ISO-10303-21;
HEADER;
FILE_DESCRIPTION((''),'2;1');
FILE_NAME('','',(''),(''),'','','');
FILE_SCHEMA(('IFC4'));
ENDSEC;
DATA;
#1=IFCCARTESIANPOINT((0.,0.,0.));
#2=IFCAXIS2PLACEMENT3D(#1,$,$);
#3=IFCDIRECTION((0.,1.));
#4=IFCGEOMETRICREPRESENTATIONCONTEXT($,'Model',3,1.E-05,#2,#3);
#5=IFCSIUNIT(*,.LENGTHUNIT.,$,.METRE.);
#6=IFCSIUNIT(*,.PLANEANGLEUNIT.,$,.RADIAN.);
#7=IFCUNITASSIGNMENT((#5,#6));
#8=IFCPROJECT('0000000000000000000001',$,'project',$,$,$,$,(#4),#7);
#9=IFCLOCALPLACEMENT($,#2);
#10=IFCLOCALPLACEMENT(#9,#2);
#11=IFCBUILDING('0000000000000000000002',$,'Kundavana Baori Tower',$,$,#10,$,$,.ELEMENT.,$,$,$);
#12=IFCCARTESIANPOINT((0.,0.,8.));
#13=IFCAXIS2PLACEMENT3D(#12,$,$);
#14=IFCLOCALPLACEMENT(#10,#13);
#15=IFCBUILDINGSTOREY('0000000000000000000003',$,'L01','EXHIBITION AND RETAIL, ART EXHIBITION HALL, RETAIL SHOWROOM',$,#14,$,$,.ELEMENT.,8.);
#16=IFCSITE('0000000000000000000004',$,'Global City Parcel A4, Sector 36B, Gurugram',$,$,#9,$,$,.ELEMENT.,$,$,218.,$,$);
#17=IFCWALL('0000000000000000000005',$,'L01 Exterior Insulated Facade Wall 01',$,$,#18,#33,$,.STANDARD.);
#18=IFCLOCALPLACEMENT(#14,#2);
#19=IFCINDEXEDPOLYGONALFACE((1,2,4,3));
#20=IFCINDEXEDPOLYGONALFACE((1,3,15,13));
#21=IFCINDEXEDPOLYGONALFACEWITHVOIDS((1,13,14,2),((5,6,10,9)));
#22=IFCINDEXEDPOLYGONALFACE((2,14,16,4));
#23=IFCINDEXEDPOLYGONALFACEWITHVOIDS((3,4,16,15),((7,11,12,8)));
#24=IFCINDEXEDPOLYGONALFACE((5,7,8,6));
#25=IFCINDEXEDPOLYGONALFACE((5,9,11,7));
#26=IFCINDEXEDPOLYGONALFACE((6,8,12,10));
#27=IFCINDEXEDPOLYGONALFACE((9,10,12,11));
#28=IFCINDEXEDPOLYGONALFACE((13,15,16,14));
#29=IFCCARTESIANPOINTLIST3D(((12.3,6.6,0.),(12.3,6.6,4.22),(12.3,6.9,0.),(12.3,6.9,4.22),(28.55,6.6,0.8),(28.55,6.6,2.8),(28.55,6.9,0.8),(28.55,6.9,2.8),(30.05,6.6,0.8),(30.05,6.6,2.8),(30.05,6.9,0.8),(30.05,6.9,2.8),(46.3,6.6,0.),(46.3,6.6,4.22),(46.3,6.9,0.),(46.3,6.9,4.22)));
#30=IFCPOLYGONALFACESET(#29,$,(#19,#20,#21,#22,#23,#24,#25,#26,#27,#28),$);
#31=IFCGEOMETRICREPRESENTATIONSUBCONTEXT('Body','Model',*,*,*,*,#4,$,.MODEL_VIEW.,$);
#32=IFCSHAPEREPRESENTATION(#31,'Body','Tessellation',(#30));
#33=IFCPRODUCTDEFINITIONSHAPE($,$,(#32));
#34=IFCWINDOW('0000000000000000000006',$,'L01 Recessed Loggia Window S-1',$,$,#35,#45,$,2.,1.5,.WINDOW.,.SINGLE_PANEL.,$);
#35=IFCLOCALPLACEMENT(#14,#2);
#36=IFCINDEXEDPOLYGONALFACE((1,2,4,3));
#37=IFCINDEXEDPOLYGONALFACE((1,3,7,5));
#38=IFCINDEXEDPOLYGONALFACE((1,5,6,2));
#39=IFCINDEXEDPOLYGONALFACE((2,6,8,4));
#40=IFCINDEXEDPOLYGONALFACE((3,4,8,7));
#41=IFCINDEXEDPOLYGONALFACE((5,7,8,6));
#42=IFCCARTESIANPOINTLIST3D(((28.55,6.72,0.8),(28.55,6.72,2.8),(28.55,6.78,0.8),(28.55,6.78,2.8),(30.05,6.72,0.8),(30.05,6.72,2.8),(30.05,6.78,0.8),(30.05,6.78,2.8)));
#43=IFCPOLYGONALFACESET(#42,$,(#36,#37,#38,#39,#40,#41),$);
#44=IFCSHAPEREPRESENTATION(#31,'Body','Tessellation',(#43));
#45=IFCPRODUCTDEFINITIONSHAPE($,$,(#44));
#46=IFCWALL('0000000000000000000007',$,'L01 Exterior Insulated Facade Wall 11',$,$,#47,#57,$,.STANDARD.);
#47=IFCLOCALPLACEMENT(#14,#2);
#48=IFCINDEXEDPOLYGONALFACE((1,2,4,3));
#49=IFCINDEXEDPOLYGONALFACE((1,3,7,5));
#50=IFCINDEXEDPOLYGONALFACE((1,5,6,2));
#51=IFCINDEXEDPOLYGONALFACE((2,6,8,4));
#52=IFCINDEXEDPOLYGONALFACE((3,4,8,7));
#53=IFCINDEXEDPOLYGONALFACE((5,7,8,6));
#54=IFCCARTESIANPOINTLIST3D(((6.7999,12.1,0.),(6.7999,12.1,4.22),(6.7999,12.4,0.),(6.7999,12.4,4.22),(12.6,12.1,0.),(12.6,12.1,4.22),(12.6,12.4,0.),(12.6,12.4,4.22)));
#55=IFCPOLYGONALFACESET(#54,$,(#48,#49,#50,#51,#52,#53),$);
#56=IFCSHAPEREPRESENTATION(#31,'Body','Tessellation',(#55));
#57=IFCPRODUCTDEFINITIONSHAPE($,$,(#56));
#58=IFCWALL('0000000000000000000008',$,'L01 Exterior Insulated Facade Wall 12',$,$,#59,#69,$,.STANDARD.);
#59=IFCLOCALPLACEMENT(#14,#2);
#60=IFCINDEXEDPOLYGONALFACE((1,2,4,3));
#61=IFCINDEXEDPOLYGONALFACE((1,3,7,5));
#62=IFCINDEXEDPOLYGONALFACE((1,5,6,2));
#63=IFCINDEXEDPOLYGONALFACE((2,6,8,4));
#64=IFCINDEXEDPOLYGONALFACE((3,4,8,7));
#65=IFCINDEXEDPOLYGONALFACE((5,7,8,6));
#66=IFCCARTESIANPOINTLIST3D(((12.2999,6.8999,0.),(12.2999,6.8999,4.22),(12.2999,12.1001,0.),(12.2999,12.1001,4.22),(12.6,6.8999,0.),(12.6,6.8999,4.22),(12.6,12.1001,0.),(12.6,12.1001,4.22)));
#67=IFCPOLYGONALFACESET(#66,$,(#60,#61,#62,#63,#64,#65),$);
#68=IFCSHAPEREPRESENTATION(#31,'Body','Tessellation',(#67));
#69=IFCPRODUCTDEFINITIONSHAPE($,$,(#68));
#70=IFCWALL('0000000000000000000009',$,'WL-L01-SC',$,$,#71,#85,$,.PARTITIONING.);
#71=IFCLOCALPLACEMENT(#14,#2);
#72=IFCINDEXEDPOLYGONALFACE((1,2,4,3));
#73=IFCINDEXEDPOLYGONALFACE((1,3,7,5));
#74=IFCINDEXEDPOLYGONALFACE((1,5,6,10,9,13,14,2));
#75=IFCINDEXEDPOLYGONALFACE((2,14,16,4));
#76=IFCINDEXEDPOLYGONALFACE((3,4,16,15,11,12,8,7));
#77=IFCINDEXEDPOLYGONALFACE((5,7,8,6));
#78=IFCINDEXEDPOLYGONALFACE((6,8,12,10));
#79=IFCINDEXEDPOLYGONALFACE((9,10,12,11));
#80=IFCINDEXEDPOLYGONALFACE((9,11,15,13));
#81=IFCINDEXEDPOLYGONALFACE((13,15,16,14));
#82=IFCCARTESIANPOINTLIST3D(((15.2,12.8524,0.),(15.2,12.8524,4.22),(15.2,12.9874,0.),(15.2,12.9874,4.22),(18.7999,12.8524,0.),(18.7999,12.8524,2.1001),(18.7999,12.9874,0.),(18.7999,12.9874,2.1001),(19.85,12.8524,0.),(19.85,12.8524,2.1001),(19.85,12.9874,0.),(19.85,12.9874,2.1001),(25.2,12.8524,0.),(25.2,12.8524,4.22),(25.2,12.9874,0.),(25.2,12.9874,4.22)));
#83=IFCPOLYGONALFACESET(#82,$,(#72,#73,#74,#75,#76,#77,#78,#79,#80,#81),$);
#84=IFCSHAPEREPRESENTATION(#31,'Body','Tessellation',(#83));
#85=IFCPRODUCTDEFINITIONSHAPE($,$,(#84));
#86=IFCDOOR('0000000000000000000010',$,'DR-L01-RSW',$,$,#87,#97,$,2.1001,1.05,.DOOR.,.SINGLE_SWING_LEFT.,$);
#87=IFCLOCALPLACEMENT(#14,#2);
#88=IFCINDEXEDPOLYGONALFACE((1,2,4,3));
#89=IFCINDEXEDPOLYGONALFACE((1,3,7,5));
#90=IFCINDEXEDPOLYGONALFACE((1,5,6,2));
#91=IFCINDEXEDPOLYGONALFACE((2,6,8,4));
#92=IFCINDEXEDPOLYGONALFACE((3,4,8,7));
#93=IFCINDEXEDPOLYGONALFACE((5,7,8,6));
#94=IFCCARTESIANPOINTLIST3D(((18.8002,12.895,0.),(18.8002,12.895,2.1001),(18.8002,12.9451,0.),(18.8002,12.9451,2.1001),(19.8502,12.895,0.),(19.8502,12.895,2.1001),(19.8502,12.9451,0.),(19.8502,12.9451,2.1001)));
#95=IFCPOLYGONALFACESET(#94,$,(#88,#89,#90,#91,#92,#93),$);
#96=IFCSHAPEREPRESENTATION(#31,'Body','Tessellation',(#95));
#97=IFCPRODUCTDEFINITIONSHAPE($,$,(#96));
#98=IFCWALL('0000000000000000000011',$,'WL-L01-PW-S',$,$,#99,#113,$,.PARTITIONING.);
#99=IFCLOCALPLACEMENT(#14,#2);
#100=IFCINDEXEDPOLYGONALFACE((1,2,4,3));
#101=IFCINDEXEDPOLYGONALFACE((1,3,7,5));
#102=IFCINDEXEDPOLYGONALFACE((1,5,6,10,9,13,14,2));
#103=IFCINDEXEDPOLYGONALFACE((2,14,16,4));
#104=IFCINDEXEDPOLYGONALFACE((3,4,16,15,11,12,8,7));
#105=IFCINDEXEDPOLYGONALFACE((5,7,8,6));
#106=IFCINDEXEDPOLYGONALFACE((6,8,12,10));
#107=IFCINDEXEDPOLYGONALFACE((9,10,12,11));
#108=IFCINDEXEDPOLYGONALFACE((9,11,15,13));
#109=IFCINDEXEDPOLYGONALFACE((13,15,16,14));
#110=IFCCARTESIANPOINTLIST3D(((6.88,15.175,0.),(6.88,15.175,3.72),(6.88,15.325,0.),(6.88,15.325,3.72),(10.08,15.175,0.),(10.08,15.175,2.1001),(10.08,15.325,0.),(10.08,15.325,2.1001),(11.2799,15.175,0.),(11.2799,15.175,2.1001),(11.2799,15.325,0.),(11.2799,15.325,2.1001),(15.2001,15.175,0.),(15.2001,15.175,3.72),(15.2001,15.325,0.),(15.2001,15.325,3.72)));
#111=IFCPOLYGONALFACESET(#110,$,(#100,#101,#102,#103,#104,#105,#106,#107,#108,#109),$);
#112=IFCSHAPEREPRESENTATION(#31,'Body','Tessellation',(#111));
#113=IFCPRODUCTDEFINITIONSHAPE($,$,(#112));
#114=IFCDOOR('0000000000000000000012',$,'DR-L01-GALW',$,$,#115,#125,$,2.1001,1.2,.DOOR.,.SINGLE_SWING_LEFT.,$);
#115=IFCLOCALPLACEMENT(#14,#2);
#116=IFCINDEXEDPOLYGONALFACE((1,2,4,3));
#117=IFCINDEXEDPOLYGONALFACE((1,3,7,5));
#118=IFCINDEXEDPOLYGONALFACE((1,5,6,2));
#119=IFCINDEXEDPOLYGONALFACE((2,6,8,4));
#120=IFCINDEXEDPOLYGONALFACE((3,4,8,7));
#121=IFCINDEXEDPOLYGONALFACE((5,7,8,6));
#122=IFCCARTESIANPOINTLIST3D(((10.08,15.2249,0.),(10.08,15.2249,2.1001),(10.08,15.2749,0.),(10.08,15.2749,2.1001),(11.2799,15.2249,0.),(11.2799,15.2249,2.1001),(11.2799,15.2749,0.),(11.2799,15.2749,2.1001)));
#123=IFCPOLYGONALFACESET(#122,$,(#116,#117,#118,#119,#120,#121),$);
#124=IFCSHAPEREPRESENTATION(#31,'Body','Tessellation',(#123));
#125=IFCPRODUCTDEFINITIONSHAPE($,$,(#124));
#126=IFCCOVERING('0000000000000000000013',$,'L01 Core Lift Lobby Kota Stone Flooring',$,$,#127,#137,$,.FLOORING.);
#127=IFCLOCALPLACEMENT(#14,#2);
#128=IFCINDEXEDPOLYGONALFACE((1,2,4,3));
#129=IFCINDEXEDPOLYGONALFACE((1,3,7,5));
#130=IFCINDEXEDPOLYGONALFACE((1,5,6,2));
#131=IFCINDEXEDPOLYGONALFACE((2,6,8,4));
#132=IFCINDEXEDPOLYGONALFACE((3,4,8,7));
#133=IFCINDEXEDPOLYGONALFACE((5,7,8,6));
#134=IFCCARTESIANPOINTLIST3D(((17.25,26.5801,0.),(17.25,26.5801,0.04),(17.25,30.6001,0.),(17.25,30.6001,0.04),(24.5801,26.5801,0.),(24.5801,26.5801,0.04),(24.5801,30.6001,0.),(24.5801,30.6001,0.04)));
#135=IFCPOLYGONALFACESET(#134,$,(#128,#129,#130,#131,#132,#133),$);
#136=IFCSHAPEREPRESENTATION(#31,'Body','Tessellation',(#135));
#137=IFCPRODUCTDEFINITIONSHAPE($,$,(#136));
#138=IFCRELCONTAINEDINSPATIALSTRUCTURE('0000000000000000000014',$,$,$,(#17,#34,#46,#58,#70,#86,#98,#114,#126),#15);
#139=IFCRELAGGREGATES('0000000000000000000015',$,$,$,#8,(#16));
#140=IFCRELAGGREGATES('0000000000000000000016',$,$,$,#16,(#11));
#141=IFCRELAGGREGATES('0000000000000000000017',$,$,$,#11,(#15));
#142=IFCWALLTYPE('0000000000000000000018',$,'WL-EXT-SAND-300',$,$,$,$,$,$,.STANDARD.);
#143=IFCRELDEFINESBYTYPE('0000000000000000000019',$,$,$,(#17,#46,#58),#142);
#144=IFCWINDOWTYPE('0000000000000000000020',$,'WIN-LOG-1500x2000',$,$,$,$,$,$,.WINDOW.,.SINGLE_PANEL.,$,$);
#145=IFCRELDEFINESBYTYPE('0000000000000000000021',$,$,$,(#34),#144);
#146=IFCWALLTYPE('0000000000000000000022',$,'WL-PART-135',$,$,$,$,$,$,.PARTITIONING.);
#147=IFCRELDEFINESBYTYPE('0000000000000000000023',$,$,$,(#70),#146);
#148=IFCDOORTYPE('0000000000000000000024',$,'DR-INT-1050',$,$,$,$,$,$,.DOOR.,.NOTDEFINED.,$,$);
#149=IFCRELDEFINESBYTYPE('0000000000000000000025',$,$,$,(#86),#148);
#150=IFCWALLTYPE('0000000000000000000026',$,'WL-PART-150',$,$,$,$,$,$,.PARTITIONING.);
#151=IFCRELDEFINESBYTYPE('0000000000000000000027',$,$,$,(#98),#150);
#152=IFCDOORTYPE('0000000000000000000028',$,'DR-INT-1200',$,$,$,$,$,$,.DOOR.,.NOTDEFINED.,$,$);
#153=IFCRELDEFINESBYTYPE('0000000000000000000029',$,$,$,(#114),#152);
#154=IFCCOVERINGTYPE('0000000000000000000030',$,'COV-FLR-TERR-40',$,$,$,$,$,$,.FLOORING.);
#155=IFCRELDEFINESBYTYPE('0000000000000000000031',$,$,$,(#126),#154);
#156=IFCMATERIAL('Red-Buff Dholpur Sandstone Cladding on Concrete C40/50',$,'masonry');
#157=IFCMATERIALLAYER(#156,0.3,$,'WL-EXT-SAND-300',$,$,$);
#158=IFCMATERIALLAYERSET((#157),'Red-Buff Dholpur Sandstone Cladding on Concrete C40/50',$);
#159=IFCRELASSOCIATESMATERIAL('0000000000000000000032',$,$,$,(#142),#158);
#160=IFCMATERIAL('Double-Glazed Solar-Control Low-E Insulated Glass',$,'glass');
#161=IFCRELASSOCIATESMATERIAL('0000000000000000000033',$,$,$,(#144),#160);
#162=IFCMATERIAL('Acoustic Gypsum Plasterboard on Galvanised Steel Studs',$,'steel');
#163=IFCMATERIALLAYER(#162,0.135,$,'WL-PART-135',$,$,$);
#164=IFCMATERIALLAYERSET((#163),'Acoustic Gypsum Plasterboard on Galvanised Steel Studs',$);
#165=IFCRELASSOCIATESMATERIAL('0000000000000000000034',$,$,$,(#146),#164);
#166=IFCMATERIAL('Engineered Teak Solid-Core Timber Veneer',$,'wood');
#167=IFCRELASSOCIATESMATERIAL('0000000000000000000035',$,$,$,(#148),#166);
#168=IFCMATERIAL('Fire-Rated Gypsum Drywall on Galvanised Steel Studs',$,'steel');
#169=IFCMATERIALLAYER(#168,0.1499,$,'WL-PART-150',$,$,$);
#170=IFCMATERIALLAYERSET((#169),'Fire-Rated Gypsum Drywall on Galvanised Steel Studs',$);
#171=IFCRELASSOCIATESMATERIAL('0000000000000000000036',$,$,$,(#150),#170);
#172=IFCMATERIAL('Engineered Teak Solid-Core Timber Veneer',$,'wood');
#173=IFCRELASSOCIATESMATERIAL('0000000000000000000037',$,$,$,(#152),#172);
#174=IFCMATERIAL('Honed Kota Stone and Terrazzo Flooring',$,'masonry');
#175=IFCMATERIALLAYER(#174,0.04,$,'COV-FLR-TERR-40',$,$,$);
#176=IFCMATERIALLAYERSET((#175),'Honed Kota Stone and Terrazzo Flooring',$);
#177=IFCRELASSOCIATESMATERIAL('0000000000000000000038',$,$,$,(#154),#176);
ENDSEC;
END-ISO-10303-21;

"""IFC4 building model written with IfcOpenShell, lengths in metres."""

from ifc_helpers import new_model, si_unit, direction, frame, frame_2d, origin, place, context, subcontext, project, spatial, polyline, rectangle, outline, extrude, material, layer, layer_set, type_object, element, fill, save


model = new_model("IFC4")

# Units and contexts
model_context = context("Model", 3, precision=1e-05, world=origin(), true_north=direction((0.0, 1.0)))
body_context = subcontext(model_context, "Body", "Model", "MODEL_VIEW")
ifc_project = project(units=[si_unit("LENGTHUNIT", "METRE"), si_unit("PLANEANGLEUNIT", "RADIAN")], contexts=[model_context])

# Site, building, storey
site_placement = place(None, origin())
site = spatial("IfcSite", under=ifc_project, at=site_placement, Name="Global City Parcel A4, Sector 36B, Gurugram", CompositionType="ELEMENT", RefElevation=218.0)
building_placement = place(site_placement, origin())
building = spatial("IfcBuilding", under=site, at=building_placement, Name="Kundavana Baori Tower", CompositionType="ELEMENT")
storey_placement = place(building_placement, frame((0.0, 0.0, 8.0)))
storey = spatial("IfcBuildingStorey", under=building, at=storey_placement, Name="L01", Description="EXHIBITION AND RETAIL, ART EXHIBITION HALL, RETAIL SHOWROOM", CompositionType="ELEMENT", Elevation=8.0)

# Wall, opening, window
ifc_material_1 = material(Name="Red-Buff Dholpur Sandstone Cladding on Concrete C40/50", Category="masonry")
ifc_layer_1 = layer(ifc_material_1, 0.3, Name="WL-EXT-SAND-300")
ifc_layer_set_1 = layer_set([ifc_layer_1], Name="Red-Buff Dholpur Sandstone Cladding on Concrete C40/50")
wall_type_1 = type_object("IfcWallType", Name="WL-EXT-SAND-300", PredefinedType="STANDARD", material=ifc_layer_set_1)
wall_1_placement = place(storey_placement, frame((12.3, 6.75, 0.0), z_axis=(0.0, 0.0, 1.0), x_axis=(1.0, 0.0, 0.0)))
wall_1 = element("IfcWall", 1, at=wall_1_placement, inside=storey, type_object=wall_type_1, Name="L01 Exterior Insulated Facade Wall 01", PredefinedType="STANDARD", context=body_context, shape_type="SweptSolid", body=[
    extrude(rectangle(XDim=34.0, YDim=0.3, at=frame_2d((17.0, 0.0))), origin(), (0.0, 0.0, 1.0), 4.22),
])
opening_1_placement = place(wall_1_placement, frame((16.25, 0.0, 0.8)))
opening_1 = element("IfcOpeningElement", 2, at=opening_1_placement, cuts=wall_1, PredefinedType="OPENING", context=body_context, shape_type="SweptSolid", body=[
    extrude(rectangle(XDim=1.5, YDim=2.0, at=frame_2d((0.75, 1.0))), frame((0.0, 0.1602, 0.0), z_axis=(0.0, -1.0, 0.0), x_axis=(1.0, 0.0, 0.0)), (0.0, 0.0, 1.0), 0.3201),
])
ifc_material_2 = material(Name="Double-Glazed Solar-Control Low-E Insulated Glass", Category="glass")
window_type = type_object("IfcWindowType", Name="WIN-LOG-1500x2000", PartitioningType="SINGLE_PANEL", PredefinedType="WINDOW", material=ifc_material_2)
window_placement = place(opening_1_placement, origin())
window = element("IfcWindow", 3, at=window_placement, inside=storey, type_object=window_type, Name="L01 Recessed Loggia Window S-1", OverallHeight=2.0, OverallWidth=1.5, PartitioningType="SINGLE_PANEL", PredefinedType="WINDOW", context=body_context, shape_type="SweptSolid", body=[
    extrude(rectangle(XDim=1.5, YDim=2.0, at=frame_2d((0.75, 1.0))), frame((0.0, 0.03, 0.0), z_axis=(0.0, -1.0, 0.0), x_axis=(1.0, 0.0, 0.0)), (0.0, 0.0, 1.0), 0.0601),
])
fill(opening_1, window)

# Walls
wall_2_placement = place(storey_placement, frame((6.8, 12.25, 0.0), z_axis=(0.0, 0.0, 1.0), x_axis=(1.0, 0.0, 0.0)))
element("IfcWall", 4, at=wall_2_placement, inside=storey, type_object=wall_type_1, Name="L01 Exterior Insulated Facade Wall 11", PredefinedType="STANDARD", context=body_context, shape_type="SweptSolid", body=[
    extrude(rectangle(XDim=5.8, YDim=0.3, at=frame_2d((2.8999, 0.0))), origin(), (0.0, 0.0, 1.0), 4.22),
])
wall_3_placement = place(storey_placement, frame((12.45, 12.1001, 0.0), z_axis=(0.0, 0.0, 1.0), x_axis=(0.0, -1.0, 0.0)))
element("IfcWall", 5, at=wall_3_placement, inside=storey, type_object=wall_type_1, Name="L01 Exterior Insulated Facade Wall 12", PredefinedType="STANDARD", context=body_context, shape_type="SweptSolid", body=[
    extrude(rectangle(XDim=5.2002, YDim=0.3, at=frame_2d((2.6001, 0.0))), origin(), (0.0, 0.0, 1.0), 4.22),
])

# Walls, openings, doors
ifc_material_3 = material(Name="Acoustic Gypsum Plasterboard on Galvanised Steel Studs", Category="steel")
ifc_layer_2 = layer(ifc_material_3, 0.135, Name="WL-PART-135")
ifc_layer_set_2 = layer_set([ifc_layer_2], Name="Acoustic Gypsum Plasterboard on Galvanised Steel Studs")
wall_type_2 = type_object("IfcWallType", Name="WL-PART-135", PredefinedType="PARTITIONING", material=ifc_layer_set_2)
wall_4_placement = place(storey_placement, frame((15.2, 12.9199, 0.0), z_axis=(0.0, 0.0, 1.0), x_axis=(1.0, 0.0, 0.0)))
wall_4 = element("IfcWall", 6, at=wall_4_placement, inside=storey, type_object=wall_type_2, Name="WL-L01-SC", PredefinedType="PARTITIONING", context=body_context, shape_type="SweptSolid", body=[
    extrude(rectangle(XDim=10.0, YDim=0.135, at=frame_2d((5.0, 0.0))), origin(), (0.0, 0.0, 1.0), 4.22),
])
opening_2_placement = place(wall_4_placement, frame((3.6001, 0.0, 0.0)))
opening_2 = element("IfcOpeningElement", 7, at=opening_2_placement, cuts=wall_4, PredefinedType="OPENING", context=body_context, shape_type="SweptSolid", body=[
    extrude(rectangle(XDim=1.05, YDim=2.1001, at=frame_2d((0.5249, 1.05))), frame((0.0, 0.0776, 0.0), z_axis=(0.0, -1.0, 0.0), x_axis=(1.0, 0.0, 0.0)), (0.0, 0.0, 1.0), 0.155),
])
ifc_material_4 = material(Name="Engineered Teak Solid-Core Timber Veneer", Category="wood")
door_type_1 = type_object("IfcDoorType", Name="DR-INT-1050", OperationType="NOTDEFINED", PredefinedType="DOOR", material=ifc_material_4)
door_1_placement = place(opening_2_placement, frame((1.05, 0.0, 0.0), z_axis=(0.0, 0.0, 1.0), x_axis=(-1.0, 0.0, 0.0)))
door_1 = element("IfcDoor", 8, at=door_1_placement, inside=storey, type_object=door_type_1, Name="DR-L01-RSW", OperationType="SINGLE_SWING_LEFT", OverallHeight=2.1001, OverallWidth=1.05, PredefinedType="DOOR", context=body_context, shape_type="SweptSolid", body=[
    extrude(rectangle(XDim=1.05, YDim=2.1001, at=frame_2d((0.5249, 1.05))), frame((0.0, 0.0249, 0.0), z_axis=(0.0, -1.0, 0.0), x_axis=(1.0, 0.0, 0.0)), (0.0, 0.0, 1.0), 0.05),
])
fill(opening_2, door_1)
ifc_material_5 = material(Name="Fire-Rated Gypsum Drywall on Galvanised Steel Studs", Category="steel")
ifc_layer_3 = layer(ifc_material_5, 0.1499, Name="WL-PART-150")
ifc_layer_set_3 = layer_set([ifc_layer_3], Name="Fire-Rated Gypsum Drywall on Galvanised Steel Studs")
wall_type_3 = type_object("IfcWallType", Name="WL-PART-150", PredefinedType="PARTITIONING", material=ifc_layer_set_3)
wall_5_placement = place(storey_placement, frame((6.8799, 15.25, 0.0), z_axis=(0.0, 0.0, 1.0), x_axis=(1.0, 0.0, 0.0)))
wall_5 = element("IfcWall", 9, at=wall_5_placement, inside=storey, type_object=wall_type_3, Name="WL-L01-PW-S", PredefinedType="PARTITIONING", context=body_context, shape_type="SweptSolid", body=[
    extrude(rectangle(XDim=8.3201, YDim=0.1499, at=frame_2d((4.1602, 0.0))), origin(), (0.0, 0.0, 1.0), 3.72),
])
opening_3_placement = place(wall_5_placement, frame((3.2, 0.0, 0.0)))
opening_3 = element("IfcOpeningElement", 10, at=opening_3_placement, cuts=wall_5, PredefinedType="OPENING", context=body_context, shape_type="SweptSolid", body=[
    extrude(rectangle(XDim=1.2, YDim=2.1001, at=frame_2d((0.6001, 1.05))), frame((0.0, 0.085, 0.0), z_axis=(0.0, -1.0, 0.0), x_axis=(1.0, 0.0, 0.0)), (0.0, 0.0, 1.0), 0.1699),
])
ifc_material_6 = material(Name="Engineered Teak Solid-Core Timber Veneer", Category="wood")
door_type_2 = type_object("IfcDoorType", Name="DR-INT-1200", OperationType="NOTDEFINED", PredefinedType="DOOR", material=ifc_material_6)
door_2_placement = place(opening_3_placement, origin())
door_2 = element("IfcDoor", 11, at=door_2_placement, inside=storey, type_object=door_type_2, Name="DR-L01-GALW", OperationType="SINGLE_SWING_LEFT", OverallHeight=2.1001, OverallWidth=1.2, PredefinedType="DOOR", context=body_context, shape_type="SweptSolid", body=[
    extrude(rectangle(XDim=1.2, YDim=2.1001, at=frame_2d((0.6001, 1.05))), frame((0.0, 0.0249, 0.0), z_axis=(0.0, -1.0, 0.0), x_axis=(1.0, 0.0, 0.0)), (0.0, 0.0, 1.0), 0.05),
])
fill(opening_3, door_2)

# Covering
ifc_material_7 = material(Name="Honed Kota Stone and Terrazzo Flooring", Category="masonry")
ifc_layer_4 = layer(ifc_material_7, 0.04, Name="COV-FLR-TERR-40")
ifc_layer_set_4 = layer_set([ifc_layer_4], Name="Honed Kota Stone and Terrazzo Flooring")
covering_type = type_object("IfcCoveringType", Name="COV-FLR-TERR-40", PredefinedType="FLOORING", material=ifc_layer_set_4)
covering_placement = place(storey_placement, origin())
element("IfcCovering", 12, at=covering_placement, inside=storey, type_object=covering_type, Name="L01 Core Lift Lobby Kota Stone Flooring", PredefinedType="FLOORING", context=body_context, shape_type="SweptSolid", body=[
    extrude(outline(polyline([(17.25, 26.5801), (24.5801, 26.5801), (24.5801, 30.6001), (17.25, 30.6001), (17.25, 26.5801)])), origin(), (0.0, 0.0, 1.0), 0.04),
])

save(model, "model.ifc")
